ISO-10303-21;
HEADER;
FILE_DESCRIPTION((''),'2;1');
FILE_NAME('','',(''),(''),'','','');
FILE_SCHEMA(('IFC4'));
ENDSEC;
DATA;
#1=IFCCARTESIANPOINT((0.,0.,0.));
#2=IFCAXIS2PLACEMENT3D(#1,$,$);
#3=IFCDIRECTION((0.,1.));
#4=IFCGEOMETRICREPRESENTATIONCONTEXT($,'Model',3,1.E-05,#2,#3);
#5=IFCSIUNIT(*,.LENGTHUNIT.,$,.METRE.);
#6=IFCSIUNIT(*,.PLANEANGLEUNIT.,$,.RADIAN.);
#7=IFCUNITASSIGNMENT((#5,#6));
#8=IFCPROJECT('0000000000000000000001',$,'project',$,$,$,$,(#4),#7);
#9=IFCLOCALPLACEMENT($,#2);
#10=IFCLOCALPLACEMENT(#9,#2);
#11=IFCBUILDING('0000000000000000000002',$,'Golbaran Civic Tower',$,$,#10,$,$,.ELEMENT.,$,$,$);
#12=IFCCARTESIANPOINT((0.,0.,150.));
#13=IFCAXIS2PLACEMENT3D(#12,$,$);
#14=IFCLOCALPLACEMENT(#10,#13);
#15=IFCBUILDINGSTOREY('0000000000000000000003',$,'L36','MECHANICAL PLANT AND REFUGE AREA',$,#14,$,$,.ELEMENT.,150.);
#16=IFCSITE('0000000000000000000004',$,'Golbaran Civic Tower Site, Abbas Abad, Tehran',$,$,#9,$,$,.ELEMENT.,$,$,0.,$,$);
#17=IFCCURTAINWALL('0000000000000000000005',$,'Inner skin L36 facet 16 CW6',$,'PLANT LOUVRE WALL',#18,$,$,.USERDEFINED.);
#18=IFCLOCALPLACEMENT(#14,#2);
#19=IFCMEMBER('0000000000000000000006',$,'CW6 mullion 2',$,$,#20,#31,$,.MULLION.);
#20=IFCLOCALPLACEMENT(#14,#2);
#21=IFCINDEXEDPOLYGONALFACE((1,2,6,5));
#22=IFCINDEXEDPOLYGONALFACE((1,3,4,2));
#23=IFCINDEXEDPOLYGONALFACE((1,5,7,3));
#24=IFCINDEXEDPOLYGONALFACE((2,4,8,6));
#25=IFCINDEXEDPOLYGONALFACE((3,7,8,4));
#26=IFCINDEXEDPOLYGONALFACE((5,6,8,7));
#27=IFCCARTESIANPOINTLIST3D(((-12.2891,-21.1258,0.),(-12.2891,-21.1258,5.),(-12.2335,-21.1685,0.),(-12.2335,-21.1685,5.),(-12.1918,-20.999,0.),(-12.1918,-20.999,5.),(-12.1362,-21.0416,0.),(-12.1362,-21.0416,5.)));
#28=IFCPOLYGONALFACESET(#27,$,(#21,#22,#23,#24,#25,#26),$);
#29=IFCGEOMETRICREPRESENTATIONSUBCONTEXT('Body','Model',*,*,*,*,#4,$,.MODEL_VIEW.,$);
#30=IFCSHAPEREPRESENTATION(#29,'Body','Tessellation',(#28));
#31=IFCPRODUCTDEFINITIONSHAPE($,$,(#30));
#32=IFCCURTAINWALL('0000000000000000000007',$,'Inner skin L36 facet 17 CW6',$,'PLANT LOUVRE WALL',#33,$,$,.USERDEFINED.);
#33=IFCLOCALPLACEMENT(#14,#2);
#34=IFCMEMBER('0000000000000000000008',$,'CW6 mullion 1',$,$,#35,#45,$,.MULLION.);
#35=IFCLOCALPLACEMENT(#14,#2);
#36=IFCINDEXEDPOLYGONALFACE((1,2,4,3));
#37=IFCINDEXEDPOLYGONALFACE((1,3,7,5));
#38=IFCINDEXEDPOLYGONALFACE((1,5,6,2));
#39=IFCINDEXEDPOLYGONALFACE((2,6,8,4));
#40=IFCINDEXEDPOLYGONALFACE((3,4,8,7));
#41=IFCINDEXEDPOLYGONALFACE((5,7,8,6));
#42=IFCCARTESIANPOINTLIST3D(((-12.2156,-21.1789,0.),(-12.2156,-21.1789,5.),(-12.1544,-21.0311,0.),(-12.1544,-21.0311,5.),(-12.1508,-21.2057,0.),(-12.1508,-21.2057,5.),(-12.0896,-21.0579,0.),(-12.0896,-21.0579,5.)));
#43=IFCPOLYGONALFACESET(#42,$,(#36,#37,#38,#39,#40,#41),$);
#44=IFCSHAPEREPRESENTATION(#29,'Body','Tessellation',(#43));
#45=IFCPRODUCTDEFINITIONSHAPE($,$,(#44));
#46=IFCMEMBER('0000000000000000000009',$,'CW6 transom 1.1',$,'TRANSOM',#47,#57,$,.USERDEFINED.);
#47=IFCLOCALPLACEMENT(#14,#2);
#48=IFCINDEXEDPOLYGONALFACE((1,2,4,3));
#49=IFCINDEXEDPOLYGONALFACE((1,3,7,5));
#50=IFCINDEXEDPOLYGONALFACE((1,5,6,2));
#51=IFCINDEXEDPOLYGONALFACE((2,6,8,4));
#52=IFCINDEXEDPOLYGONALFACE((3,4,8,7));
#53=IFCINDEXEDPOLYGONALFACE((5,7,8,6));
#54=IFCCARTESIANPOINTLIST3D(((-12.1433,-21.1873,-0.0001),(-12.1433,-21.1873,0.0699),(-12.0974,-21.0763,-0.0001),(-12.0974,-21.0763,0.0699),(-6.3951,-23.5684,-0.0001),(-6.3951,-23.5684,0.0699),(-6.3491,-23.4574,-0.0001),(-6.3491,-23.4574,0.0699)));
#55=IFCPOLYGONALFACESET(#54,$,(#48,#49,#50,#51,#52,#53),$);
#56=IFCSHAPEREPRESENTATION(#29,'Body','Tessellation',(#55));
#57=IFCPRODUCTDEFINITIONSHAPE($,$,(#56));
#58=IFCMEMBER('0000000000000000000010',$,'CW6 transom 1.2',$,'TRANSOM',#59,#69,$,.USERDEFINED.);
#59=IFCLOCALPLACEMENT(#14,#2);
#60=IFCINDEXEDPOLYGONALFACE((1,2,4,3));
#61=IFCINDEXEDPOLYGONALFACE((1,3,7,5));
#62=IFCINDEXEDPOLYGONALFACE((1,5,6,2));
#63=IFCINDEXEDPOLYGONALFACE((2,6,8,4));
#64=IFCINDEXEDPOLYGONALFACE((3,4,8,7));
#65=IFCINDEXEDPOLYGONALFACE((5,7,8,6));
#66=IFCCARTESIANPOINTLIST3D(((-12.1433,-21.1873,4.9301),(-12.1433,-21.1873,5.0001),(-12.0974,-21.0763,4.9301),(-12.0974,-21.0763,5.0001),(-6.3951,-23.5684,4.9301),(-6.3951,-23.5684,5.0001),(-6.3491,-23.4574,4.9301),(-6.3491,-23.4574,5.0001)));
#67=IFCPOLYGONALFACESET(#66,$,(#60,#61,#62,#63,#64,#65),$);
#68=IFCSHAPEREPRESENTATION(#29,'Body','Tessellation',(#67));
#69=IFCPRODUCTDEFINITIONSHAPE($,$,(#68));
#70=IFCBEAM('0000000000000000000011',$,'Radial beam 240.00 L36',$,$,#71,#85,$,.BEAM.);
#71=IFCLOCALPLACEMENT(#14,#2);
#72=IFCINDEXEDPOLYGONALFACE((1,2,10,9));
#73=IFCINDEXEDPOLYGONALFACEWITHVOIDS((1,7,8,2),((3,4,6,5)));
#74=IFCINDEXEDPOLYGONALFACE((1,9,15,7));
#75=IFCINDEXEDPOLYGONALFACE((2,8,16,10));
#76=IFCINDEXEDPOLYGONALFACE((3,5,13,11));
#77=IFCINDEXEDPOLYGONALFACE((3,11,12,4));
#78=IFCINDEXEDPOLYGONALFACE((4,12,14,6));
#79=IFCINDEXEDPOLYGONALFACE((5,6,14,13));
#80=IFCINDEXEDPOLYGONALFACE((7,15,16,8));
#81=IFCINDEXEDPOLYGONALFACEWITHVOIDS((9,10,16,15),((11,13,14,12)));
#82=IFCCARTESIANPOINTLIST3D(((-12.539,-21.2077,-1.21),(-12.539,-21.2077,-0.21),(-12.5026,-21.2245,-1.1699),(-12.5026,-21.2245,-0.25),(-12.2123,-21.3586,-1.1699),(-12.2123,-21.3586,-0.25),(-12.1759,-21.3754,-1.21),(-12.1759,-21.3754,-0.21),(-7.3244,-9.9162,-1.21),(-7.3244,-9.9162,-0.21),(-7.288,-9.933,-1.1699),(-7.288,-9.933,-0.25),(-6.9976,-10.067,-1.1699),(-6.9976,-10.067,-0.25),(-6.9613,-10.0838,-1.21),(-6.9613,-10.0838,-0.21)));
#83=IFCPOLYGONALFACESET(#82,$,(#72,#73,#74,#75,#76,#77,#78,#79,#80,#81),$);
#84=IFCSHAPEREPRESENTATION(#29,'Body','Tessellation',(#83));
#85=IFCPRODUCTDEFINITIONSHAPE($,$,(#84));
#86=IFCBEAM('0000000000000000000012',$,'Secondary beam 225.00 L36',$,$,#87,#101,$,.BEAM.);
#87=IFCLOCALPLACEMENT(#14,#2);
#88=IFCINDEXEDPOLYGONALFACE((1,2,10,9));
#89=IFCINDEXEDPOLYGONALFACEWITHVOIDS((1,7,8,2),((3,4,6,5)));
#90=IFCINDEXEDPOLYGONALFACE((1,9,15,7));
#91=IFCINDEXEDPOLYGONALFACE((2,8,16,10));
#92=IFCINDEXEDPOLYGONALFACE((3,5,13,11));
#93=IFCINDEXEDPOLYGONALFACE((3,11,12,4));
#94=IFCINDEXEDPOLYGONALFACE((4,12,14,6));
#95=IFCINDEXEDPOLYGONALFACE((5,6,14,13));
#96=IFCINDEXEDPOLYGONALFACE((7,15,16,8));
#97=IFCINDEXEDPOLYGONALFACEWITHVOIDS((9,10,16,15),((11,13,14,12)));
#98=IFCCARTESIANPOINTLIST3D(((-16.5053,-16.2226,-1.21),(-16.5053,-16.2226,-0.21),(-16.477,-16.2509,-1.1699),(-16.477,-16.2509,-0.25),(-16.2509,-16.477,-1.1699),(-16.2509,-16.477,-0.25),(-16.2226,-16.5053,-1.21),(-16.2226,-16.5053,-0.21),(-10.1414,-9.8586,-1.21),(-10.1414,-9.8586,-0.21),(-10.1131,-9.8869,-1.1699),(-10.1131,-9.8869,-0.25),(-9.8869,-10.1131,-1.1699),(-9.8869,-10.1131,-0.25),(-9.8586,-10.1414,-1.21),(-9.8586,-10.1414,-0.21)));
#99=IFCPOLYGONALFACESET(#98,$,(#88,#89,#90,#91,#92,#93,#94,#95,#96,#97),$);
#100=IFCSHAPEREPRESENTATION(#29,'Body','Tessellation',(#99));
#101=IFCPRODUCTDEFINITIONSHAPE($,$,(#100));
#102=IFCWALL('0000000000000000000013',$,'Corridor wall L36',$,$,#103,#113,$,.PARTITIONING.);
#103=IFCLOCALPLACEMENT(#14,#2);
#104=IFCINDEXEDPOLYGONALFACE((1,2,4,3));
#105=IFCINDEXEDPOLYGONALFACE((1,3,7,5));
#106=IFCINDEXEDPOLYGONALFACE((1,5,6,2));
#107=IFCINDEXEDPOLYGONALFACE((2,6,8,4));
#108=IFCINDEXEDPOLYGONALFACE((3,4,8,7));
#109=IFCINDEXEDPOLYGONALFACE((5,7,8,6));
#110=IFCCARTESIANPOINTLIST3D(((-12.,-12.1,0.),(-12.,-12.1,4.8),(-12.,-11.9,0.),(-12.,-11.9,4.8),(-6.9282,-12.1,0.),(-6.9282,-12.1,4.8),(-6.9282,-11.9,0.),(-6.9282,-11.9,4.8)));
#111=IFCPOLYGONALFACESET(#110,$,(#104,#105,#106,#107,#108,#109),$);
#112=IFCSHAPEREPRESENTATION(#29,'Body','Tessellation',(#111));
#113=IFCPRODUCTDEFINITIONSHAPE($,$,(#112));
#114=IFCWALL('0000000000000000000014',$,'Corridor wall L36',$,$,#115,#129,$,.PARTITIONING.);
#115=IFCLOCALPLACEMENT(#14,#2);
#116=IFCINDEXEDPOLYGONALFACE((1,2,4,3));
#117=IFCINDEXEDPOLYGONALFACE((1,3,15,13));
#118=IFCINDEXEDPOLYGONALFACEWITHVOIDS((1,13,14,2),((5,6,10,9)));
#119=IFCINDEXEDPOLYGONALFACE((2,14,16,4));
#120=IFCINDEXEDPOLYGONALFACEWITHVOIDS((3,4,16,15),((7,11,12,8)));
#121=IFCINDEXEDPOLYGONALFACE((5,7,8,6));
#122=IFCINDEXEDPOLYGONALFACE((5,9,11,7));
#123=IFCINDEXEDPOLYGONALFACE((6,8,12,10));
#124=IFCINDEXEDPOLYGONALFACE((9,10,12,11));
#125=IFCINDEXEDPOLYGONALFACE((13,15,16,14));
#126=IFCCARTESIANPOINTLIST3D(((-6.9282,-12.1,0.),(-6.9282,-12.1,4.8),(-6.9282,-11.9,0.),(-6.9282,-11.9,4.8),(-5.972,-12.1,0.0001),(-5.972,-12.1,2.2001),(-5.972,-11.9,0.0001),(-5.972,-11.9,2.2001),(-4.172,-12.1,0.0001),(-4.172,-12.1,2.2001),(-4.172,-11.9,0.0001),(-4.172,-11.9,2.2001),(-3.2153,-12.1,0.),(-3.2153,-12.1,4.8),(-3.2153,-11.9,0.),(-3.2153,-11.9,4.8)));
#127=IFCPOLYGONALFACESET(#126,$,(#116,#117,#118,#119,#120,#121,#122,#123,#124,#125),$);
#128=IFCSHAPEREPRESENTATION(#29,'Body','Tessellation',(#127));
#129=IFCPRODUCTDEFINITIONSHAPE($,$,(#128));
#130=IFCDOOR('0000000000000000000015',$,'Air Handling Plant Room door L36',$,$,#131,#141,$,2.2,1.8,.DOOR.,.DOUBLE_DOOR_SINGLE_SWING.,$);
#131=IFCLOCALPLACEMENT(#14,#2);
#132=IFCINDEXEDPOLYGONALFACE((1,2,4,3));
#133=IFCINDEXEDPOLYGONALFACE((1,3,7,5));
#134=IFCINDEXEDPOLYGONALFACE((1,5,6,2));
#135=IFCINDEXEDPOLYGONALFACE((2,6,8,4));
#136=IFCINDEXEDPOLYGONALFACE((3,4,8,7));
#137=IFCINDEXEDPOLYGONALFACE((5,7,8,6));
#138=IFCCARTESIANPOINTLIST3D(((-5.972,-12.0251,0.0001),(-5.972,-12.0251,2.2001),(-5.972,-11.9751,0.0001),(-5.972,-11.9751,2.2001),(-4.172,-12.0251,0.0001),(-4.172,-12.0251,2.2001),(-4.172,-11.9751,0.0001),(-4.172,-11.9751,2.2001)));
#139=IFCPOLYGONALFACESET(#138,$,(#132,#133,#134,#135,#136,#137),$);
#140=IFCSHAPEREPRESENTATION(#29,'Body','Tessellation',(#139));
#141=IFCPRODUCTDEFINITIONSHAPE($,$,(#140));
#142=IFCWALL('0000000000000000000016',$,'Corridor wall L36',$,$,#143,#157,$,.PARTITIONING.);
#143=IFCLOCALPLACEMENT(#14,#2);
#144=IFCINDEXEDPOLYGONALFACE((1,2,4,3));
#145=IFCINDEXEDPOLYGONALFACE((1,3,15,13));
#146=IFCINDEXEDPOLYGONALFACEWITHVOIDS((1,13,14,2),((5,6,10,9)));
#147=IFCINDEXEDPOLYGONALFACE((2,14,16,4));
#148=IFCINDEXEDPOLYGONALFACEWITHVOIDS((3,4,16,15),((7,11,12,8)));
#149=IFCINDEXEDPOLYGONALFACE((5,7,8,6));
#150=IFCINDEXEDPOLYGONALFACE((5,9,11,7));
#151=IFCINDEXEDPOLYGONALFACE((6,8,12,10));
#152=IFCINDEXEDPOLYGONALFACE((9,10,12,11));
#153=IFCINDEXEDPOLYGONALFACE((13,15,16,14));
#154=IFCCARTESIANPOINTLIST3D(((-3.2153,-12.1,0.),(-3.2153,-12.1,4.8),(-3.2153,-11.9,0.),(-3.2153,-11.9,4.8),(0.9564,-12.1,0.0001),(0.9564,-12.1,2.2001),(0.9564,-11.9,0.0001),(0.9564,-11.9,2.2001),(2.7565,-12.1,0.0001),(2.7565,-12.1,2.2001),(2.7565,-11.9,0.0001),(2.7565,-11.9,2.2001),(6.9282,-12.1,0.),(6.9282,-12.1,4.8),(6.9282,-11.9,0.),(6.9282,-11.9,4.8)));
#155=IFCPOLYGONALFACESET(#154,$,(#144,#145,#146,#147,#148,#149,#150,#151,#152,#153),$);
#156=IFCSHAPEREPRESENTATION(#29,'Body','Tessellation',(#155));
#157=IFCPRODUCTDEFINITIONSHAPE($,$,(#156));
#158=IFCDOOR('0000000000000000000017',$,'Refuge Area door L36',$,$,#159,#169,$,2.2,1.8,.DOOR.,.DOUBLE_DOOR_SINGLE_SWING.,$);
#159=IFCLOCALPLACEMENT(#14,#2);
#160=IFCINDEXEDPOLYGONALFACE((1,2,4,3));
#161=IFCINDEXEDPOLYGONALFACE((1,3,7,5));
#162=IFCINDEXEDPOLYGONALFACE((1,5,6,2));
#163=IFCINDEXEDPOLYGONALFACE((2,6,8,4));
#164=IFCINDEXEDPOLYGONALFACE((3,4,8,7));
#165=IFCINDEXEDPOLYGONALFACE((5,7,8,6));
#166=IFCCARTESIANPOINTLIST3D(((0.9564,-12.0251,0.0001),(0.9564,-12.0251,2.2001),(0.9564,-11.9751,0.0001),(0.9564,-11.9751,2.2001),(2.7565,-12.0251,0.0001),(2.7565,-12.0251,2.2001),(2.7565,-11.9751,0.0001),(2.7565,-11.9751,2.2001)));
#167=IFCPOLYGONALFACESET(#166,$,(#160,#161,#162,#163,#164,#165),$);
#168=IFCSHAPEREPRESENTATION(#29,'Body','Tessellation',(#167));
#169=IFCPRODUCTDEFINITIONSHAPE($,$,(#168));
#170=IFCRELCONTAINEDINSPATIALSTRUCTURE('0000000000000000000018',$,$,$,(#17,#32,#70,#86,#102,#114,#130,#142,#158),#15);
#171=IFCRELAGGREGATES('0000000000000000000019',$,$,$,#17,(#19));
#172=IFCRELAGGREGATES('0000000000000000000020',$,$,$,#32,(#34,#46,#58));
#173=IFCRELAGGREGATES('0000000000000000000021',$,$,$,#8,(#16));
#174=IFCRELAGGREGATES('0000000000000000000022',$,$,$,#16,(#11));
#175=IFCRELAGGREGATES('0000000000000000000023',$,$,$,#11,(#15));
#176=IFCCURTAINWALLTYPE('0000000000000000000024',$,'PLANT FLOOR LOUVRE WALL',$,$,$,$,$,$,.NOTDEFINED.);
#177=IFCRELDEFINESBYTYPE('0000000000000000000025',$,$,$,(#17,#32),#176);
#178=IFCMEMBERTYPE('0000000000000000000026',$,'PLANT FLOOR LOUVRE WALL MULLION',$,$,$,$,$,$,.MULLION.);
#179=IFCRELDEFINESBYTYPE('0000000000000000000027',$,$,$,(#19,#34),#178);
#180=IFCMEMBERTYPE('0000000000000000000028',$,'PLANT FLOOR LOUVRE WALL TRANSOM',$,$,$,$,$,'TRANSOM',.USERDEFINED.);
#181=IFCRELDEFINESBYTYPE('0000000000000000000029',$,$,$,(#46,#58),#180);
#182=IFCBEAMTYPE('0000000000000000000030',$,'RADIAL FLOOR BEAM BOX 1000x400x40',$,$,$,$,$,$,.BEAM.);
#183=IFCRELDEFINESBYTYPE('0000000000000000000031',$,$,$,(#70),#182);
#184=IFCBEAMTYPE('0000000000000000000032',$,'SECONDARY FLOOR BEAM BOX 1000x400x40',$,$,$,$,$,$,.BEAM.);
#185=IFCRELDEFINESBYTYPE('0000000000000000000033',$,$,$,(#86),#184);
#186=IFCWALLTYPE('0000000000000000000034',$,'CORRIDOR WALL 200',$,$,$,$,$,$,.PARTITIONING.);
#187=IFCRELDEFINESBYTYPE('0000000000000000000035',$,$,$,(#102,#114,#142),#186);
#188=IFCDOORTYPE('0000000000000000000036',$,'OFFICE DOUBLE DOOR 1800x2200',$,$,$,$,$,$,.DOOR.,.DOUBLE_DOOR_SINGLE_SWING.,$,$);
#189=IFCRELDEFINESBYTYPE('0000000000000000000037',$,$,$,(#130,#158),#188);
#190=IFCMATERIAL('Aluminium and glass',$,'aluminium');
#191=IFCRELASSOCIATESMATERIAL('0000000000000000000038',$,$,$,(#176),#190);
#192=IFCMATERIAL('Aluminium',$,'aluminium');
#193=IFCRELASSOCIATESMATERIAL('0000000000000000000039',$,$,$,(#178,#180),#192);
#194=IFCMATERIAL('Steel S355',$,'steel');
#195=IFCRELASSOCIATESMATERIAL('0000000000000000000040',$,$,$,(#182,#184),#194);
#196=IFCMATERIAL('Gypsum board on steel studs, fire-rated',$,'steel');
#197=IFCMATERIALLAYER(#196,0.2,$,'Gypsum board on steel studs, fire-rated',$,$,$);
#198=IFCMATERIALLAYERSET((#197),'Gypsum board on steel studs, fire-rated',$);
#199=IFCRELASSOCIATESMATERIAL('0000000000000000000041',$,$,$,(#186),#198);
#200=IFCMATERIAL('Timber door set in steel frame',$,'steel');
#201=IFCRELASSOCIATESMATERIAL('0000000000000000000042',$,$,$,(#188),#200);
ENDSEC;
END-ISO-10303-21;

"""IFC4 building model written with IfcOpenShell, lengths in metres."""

from ifc_helpers import new_model, si_unit, direction, frame, frame_2d, origin, origin_2d, place, context, subcontext, project, spatial, rectangle, hollow_rectangle, extrude, material, layer, layer_set, material_profile, profile_set, type_object, element, fill, aggregate, save


model = new_model("IFC4")

# Units and contexts
model_context = context("Model", 3, precision=1e-05, world=origin(), true_north=direction((0.0, 1.0)))
body_context = subcontext(model_context, "Body", "Model", "MODEL_VIEW")
ifc_project = project(units=[si_unit("LENGTHUNIT", "METRE"), si_unit("PLANEANGLEUNIT", "RADIAN")], contexts=[model_context])

# Site, building, storey
site_placement = place(None, origin())
site = spatial("IfcSite", under=ifc_project, at=site_placement, Name="Golbaran Civic Tower Site, Abbas Abad, Tehran", CompositionType="ELEMENT", RefElevation=0.0)
building_placement = place(site_placement, origin())
building = spatial("IfcBuilding", under=site, at=building_placement, Name="Golbaran Civic Tower", CompositionType="ELEMENT")
storey_placement = place(building_placement, frame((0.0, 0.0, 150.0)))
storey = spatial("IfcBuildingStorey", under=building, at=storey_placement, Name="L36", Description="MECHANICAL PLANT AND REFUGE AREA", CompositionType="ELEMENT", Elevation=150.0)

# Shared definitions
ifc_material_1 = material(Name="Steel S355", Category="steel")

# Curtain wall, member
ifc_material_2 = material(Name="Aluminium and glass", Category="aluminium")
curtain_wall_type = type_object("IfcCurtainWallType", Name="PLANT FLOOR LOUVRE WALL", PredefinedType="NOTDEFINED", material=ifc_material_2)
curtain_wall_1_placement = place(storey_placement, origin())
curtain_wall_1 = element("IfcCurtainWall", 1, at=curtain_wall_1_placement, inside=storey, type_object=curtain_wall_type, Name="Inner skin L36 facet 16 CW6", ObjectType="PLANT LOUVRE WALL", PredefinedType="USERDEFINED")
ifc_material_3 = material(Name="Aluminium", Category="aluminium")
ifc_material_profile_1 = material_profile(ifc_material_3, rectangle(XDim=0.1599, YDim=0.0701, at=origin_2d()), Name="PLANT FLOOR LOUVRE WALL MULLION")
ifc_profile_set_1 = profile_set([ifc_material_profile_1], Name="Aluminium")
member_type_1 = type_object("IfcMemberType", Name="PLANT FLOOR LOUVRE WALL MULLION", PredefinedType="MULLION", material=ifc_profile_set_1)
member_1_placement = place(storey_placement, frame((-12.2126, -21.0837, 0.0), z_axis=(0.0, 0.0, 1.0), x_axis=(0.608761, 0.793353, 0.0)))
member_1 = element("IfcMember", 2, at=member_1_placement, type_object=member_type_1, Name="CW6 mullion 2", PredefinedType="MULLION", context=body_context, shape_type="SweptSolid", body=[
    extrude(rectangle(XDim=0.1599, YDim=0.0701, at=origin_2d()), origin(), (0.0, 0.0, 1.0), 5.0),
])
aggregate(curtain_wall_1, [member_1])

# Curtain wall, members
curtain_wall_2_placement = place(storey_placement, origin())
curtain_wall_2 = element("IfcCurtainWall", 3, at=curtain_wall_2_placement, inside=storey, type_object=curtain_wall_type, Name="Inner skin L36 facet 17 CW6", ObjectType="PLANT LOUVRE WALL", PredefinedType="USERDEFINED")
member_2_placement = place(storey_placement, frame((-12.1526, -21.1184, 0.0), z_axis=(0.0, 0.0, 1.0), x_axis=(0.382683, 0.92388, 0.0)))
member_2 = element("IfcMember", 4, at=member_2_placement, type_object=member_type_1, Name="CW6 mullion 1", PredefinedType="MULLION", context=body_context, shape_type="SweptSolid", body=[
    extrude(rectangle(XDim=0.1599, YDim=0.0701, at=origin_2d()), origin(), (0.0, 0.0, 1.0), 5.0),
])
ifc_material_profile_2 = material_profile(ifc_material_3, rectangle(XDim=0.1201, YDim=0.0701, at=origin_2d()), Name="PLANT FLOOR LOUVRE WALL TRANSOM")
ifc_profile_set_2 = profile_set([ifc_material_profile_2], Name="Aluminium")
member_type_2 = type_object("IfcMemberType", Name="PLANT FLOOR LOUVRE WALL TRANSOM", ElementType="TRANSOM", PredefinedType="USERDEFINED", material=ifc_profile_set_2)
member_3_placement = place(storey_placement, frame((-12.1204, -21.1318, 0.0349), z_axis=(0.923875, -0.382695, 0.0), x_axis=(0.382695, 0.923875, 0.0)))
member_3 = element("IfcMember", 5, at=member_3_placement, type_object=member_type_2, Name="CW6 transom 1.1", ObjectType="TRANSOM", PredefinedType="USERDEFINED", context=body_context, shape_type="SweptSolid", body=[
    extrude(rectangle(XDim=0.1201, YDim=0.0701, at=origin_2d()), origin(), (0.0, 0.0, 1.0), 6.2219),
])
member_4_placement = place(storey_placement, frame((-12.1204, -21.1318, 4.9651), z_axis=(0.923875, -0.382695, 0.0), x_axis=(0.382695, 0.923875, 0.0)))
member_4 = element("IfcMember", 6, at=member_4_placement, type_object=member_type_2, Name="CW6 transom 1.2", ObjectType="TRANSOM", PredefinedType="USERDEFINED", context=body_context, shape_type="SweptSolid", body=[
    extrude(rectangle(XDim=0.1201, YDim=0.0701, at=origin_2d()), origin(), (0.0, 0.0, 1.0), 6.2219),
])
aggregate(curtain_wall_2, [member_2, member_3, member_4])

# Beams
ifc_material_profile_3 = material_profile(ifc_material_1, hollow_rectangle(XDim=0.3999, YDim=1.0, WallThickness=0.04, at=origin_2d()), Name="BOX 1000x400x40")
ifc_profile_set_3 = profile_set([ifc_material_profile_3], Name="Steel S355")
beam_type_1 = type_object("IfcBeamType", Name="RADIAL FLOOR BEAM BOX 1000x400x40", PredefinedType="BEAM", material=ifc_profile_set_3)
beam_1_placement = place(storey_placement, frame((-7.1428, -10.0, -0.71), z_axis=(-0.419266, -0.907863, 0.0), x_axis=(0.907863, -0.419266, 0.0)))
element("IfcBeam", 7, at=beam_1_placement, inside=storey, type_object=beam_type_1, Name="Radial beam 240.00 L36", PredefinedType="BEAM", context=body_context, shape_type="SweptSolid", body=[
    extrude(hollow_rectangle(XDim=0.3999, YDim=1.0, WallThickness=0.04, at=origin_2d()), origin(), (0.0, 0.0, 1.0), 12.4375),
])
ifc_material_profile_4 = material_profile(ifc_material_1, hollow_rectangle(XDim=0.3999, YDim=1.0, WallThickness=0.04, at=origin_2d()), Name="BOX 1000x400x40")
ifc_profile_set_4 = profile_set([ifc_material_profile_4], Name="Steel S355")
beam_type_2 = type_object("IfcBeamType", Name="SECONDARY FLOOR BEAM BOX 1000x400x40", PredefinedType="BEAM", material=ifc_profile_set_4)
beam_2_placement = place(storey_placement, frame((-10.0, -10.0, -0.71), z_axis=(-0.707107, -0.707107, 0.0), x_axis=(0.707107, -0.707107, 0.0)))
element("IfcBeam", 8, at=beam_2_placement, inside=storey, type_object=beam_type_2, Name="Secondary beam 225.00 L36", PredefinedType="BEAM", context=body_context, shape_type="SweptSolid", body=[
    extrude(hollow_rectangle(XDim=0.3999, YDim=1.0, WallThickness=0.04, at=origin_2d()), origin(), (0.0, 0.0, 1.0), 9.0),
])

# Wall
ifc_material_4 = material(Name="Gypsum board on steel studs, fire-rated", Category="steel")
ifc_layer_1 = layer(ifc_material_4, 0.2, Name="Gypsum board on steel studs, fire-rated")
ifc_layer_set_1 = layer_set([ifc_layer_1], Name="Gypsum board on steel studs, fire-rated")
wall_type_1 = type_object("IfcWallType", Name="CORRIDOR WALL 200", PredefinedType="PARTITIONING", material=ifc_layer_set_1)
wall_1_placement = place(storey_placement, frame((-12.0, -12.0, 0.0), z_axis=(0.0, 0.0, 1.0), x_axis=(1.0, 0.0, 0.0)))
element("IfcWall", 9, at=wall_1_placement, inside=storey, type_object=wall_type_1, Name="Corridor wall L36", PredefinedType="PARTITIONING", context=body_context, shape_type="SweptSolid", body=[
    extrude(rectangle(XDim=5.0718, YDim=0.2, at=frame_2d((2.5359, 0.0))), origin(), (0.0, 0.0, 1.0), 4.8),
])

# Walls, openings, doors
wall_2_placement = place(storey_placement, frame((-6.9282, -12.0, 0.0), z_axis=(0.0, 0.0, 1.0), x_axis=(1.0, 0.0, 0.0)))
wall_2 = element("IfcWall", 10, at=wall_2_placement, inside=storey, type_object=wall_type_1, Name="Corridor wall L36", PredefinedType="PARTITIONING", context=body_context, shape_type="SweptSolid", body=[
    extrude(rectangle(XDim=3.7129, YDim=0.2, at=frame_2d((1.8564, 0.0))), origin(), (0.0, 0.0, 1.0), 4.8),
])
opening_1_placement = place(wall_2_placement, frame((0.9563, 0.0, 0.0)))
opening_1 = element("IfcOpeningElement", 11, at=opening_1_placement, cuts=wall_2, PredefinedType="OPENING", context=body_context, shape_type="SweptSolid", body=[
    extrude(rectangle(XDim=1.8, YDim=2.2, at=frame_2d((0.8999, 1.1001))), frame((0.0, 0.1099, 0.0), z_axis=(0.0, -1.0, 0.0), x_axis=(1.0, 0.0, 0.0)), (0.0, 0.0, 1.0), 0.22),
])
ifc_material_5 = material(Name="Timber door set in steel frame", Category="steel")
door_type = type_object("IfcDoorType", Name="OFFICE DOUBLE DOOR 1800x2200", OperationType="DOUBLE_DOOR_SINGLE_SWING", PredefinedType="DOOR", material=ifc_material_5)
door_1_placement = place(opening_1_placement, origin())
door_1 = element("IfcDoor", 12, at=door_1_placement, inside=storey, type_object=door_type, Name="Air Handling Plant Room door L36", OperationType="DOUBLE_DOOR_SINGLE_SWING", OverallHeight=2.2, OverallWidth=1.8, PredefinedType="DOOR", context=body_context, shape_type="SweptSolid", body=[
    extrude(rectangle(XDim=1.8, YDim=2.2, at=frame_2d((0.8999, 1.1001))), frame((0.0, 0.0249, 0.0), z_axis=(0.0, -1.0, 0.0), x_axis=(1.0, 0.0, 0.0)), (0.0, 0.0, 1.0), 0.05),
])
fill(opening_1, door_1)
wall_3_placement = place(storey_placement, frame((-3.2153, -12.0, 0.0), z_axis=(0.0, 0.0, 1.0), x_axis=(1.0, 0.0, 0.0)))
wall_3 = element("IfcWall", 13, at=wall_3_placement, inside=storey, type_object=wall_type_1, Name="Corridor wall L36", PredefinedType="PARTITIONING", context=body_context, shape_type="SweptSolid", body=[
    extrude(rectangle(XDim=10.1436, YDim=0.2, at=frame_2d((5.0718, 0.0))), origin(), (0.0, 0.0, 1.0), 4.8),
])
opening_2_placement = place(wall_3_placement, frame((4.1719, 0.0, 0.0)))
opening_2 = element("IfcOpeningElement", 14, at=opening_2_placement, cuts=wall_3, PredefinedType="OPENING", context=body_context, shape_type="SweptSolid", body=[
    extrude(rectangle(XDim=1.8, YDim=2.2, at=frame_2d((0.8999, 1.1001))), frame((0.0, 0.1099, 0.0), z_axis=(0.0, -1.0, 0.0), x_axis=(1.0, 0.0, 0.0)), (0.0, 0.0, 1.0), 0.22),
])
door_2_placement = place(opening_2_placement, origin())
door_2 = element("IfcDoor", 15, at=door_2_placement, inside=storey, type_object=door_type, Name="Refuge Area door L36", OperationType="DOUBLE_DOOR_SINGLE_SWING", OverallHeight=2.2, OverallWidth=1.8, PredefinedType="DOOR", context=body_context, shape_type="SweptSolid", body=[
    extrude(rectangle(XDim=1.8, YDim=2.2, at=frame_2d((0.8999, 1.1001))), frame((0.0, 0.0249, 0.0), z_axis=(0.0, -1.0, 0.0), x_axis=(1.0, 0.0, 0.0)), (0.0, 0.0, 1.0), 0.05),
])
fill(opening_2, door_2)

save(model, "model.ifc")
